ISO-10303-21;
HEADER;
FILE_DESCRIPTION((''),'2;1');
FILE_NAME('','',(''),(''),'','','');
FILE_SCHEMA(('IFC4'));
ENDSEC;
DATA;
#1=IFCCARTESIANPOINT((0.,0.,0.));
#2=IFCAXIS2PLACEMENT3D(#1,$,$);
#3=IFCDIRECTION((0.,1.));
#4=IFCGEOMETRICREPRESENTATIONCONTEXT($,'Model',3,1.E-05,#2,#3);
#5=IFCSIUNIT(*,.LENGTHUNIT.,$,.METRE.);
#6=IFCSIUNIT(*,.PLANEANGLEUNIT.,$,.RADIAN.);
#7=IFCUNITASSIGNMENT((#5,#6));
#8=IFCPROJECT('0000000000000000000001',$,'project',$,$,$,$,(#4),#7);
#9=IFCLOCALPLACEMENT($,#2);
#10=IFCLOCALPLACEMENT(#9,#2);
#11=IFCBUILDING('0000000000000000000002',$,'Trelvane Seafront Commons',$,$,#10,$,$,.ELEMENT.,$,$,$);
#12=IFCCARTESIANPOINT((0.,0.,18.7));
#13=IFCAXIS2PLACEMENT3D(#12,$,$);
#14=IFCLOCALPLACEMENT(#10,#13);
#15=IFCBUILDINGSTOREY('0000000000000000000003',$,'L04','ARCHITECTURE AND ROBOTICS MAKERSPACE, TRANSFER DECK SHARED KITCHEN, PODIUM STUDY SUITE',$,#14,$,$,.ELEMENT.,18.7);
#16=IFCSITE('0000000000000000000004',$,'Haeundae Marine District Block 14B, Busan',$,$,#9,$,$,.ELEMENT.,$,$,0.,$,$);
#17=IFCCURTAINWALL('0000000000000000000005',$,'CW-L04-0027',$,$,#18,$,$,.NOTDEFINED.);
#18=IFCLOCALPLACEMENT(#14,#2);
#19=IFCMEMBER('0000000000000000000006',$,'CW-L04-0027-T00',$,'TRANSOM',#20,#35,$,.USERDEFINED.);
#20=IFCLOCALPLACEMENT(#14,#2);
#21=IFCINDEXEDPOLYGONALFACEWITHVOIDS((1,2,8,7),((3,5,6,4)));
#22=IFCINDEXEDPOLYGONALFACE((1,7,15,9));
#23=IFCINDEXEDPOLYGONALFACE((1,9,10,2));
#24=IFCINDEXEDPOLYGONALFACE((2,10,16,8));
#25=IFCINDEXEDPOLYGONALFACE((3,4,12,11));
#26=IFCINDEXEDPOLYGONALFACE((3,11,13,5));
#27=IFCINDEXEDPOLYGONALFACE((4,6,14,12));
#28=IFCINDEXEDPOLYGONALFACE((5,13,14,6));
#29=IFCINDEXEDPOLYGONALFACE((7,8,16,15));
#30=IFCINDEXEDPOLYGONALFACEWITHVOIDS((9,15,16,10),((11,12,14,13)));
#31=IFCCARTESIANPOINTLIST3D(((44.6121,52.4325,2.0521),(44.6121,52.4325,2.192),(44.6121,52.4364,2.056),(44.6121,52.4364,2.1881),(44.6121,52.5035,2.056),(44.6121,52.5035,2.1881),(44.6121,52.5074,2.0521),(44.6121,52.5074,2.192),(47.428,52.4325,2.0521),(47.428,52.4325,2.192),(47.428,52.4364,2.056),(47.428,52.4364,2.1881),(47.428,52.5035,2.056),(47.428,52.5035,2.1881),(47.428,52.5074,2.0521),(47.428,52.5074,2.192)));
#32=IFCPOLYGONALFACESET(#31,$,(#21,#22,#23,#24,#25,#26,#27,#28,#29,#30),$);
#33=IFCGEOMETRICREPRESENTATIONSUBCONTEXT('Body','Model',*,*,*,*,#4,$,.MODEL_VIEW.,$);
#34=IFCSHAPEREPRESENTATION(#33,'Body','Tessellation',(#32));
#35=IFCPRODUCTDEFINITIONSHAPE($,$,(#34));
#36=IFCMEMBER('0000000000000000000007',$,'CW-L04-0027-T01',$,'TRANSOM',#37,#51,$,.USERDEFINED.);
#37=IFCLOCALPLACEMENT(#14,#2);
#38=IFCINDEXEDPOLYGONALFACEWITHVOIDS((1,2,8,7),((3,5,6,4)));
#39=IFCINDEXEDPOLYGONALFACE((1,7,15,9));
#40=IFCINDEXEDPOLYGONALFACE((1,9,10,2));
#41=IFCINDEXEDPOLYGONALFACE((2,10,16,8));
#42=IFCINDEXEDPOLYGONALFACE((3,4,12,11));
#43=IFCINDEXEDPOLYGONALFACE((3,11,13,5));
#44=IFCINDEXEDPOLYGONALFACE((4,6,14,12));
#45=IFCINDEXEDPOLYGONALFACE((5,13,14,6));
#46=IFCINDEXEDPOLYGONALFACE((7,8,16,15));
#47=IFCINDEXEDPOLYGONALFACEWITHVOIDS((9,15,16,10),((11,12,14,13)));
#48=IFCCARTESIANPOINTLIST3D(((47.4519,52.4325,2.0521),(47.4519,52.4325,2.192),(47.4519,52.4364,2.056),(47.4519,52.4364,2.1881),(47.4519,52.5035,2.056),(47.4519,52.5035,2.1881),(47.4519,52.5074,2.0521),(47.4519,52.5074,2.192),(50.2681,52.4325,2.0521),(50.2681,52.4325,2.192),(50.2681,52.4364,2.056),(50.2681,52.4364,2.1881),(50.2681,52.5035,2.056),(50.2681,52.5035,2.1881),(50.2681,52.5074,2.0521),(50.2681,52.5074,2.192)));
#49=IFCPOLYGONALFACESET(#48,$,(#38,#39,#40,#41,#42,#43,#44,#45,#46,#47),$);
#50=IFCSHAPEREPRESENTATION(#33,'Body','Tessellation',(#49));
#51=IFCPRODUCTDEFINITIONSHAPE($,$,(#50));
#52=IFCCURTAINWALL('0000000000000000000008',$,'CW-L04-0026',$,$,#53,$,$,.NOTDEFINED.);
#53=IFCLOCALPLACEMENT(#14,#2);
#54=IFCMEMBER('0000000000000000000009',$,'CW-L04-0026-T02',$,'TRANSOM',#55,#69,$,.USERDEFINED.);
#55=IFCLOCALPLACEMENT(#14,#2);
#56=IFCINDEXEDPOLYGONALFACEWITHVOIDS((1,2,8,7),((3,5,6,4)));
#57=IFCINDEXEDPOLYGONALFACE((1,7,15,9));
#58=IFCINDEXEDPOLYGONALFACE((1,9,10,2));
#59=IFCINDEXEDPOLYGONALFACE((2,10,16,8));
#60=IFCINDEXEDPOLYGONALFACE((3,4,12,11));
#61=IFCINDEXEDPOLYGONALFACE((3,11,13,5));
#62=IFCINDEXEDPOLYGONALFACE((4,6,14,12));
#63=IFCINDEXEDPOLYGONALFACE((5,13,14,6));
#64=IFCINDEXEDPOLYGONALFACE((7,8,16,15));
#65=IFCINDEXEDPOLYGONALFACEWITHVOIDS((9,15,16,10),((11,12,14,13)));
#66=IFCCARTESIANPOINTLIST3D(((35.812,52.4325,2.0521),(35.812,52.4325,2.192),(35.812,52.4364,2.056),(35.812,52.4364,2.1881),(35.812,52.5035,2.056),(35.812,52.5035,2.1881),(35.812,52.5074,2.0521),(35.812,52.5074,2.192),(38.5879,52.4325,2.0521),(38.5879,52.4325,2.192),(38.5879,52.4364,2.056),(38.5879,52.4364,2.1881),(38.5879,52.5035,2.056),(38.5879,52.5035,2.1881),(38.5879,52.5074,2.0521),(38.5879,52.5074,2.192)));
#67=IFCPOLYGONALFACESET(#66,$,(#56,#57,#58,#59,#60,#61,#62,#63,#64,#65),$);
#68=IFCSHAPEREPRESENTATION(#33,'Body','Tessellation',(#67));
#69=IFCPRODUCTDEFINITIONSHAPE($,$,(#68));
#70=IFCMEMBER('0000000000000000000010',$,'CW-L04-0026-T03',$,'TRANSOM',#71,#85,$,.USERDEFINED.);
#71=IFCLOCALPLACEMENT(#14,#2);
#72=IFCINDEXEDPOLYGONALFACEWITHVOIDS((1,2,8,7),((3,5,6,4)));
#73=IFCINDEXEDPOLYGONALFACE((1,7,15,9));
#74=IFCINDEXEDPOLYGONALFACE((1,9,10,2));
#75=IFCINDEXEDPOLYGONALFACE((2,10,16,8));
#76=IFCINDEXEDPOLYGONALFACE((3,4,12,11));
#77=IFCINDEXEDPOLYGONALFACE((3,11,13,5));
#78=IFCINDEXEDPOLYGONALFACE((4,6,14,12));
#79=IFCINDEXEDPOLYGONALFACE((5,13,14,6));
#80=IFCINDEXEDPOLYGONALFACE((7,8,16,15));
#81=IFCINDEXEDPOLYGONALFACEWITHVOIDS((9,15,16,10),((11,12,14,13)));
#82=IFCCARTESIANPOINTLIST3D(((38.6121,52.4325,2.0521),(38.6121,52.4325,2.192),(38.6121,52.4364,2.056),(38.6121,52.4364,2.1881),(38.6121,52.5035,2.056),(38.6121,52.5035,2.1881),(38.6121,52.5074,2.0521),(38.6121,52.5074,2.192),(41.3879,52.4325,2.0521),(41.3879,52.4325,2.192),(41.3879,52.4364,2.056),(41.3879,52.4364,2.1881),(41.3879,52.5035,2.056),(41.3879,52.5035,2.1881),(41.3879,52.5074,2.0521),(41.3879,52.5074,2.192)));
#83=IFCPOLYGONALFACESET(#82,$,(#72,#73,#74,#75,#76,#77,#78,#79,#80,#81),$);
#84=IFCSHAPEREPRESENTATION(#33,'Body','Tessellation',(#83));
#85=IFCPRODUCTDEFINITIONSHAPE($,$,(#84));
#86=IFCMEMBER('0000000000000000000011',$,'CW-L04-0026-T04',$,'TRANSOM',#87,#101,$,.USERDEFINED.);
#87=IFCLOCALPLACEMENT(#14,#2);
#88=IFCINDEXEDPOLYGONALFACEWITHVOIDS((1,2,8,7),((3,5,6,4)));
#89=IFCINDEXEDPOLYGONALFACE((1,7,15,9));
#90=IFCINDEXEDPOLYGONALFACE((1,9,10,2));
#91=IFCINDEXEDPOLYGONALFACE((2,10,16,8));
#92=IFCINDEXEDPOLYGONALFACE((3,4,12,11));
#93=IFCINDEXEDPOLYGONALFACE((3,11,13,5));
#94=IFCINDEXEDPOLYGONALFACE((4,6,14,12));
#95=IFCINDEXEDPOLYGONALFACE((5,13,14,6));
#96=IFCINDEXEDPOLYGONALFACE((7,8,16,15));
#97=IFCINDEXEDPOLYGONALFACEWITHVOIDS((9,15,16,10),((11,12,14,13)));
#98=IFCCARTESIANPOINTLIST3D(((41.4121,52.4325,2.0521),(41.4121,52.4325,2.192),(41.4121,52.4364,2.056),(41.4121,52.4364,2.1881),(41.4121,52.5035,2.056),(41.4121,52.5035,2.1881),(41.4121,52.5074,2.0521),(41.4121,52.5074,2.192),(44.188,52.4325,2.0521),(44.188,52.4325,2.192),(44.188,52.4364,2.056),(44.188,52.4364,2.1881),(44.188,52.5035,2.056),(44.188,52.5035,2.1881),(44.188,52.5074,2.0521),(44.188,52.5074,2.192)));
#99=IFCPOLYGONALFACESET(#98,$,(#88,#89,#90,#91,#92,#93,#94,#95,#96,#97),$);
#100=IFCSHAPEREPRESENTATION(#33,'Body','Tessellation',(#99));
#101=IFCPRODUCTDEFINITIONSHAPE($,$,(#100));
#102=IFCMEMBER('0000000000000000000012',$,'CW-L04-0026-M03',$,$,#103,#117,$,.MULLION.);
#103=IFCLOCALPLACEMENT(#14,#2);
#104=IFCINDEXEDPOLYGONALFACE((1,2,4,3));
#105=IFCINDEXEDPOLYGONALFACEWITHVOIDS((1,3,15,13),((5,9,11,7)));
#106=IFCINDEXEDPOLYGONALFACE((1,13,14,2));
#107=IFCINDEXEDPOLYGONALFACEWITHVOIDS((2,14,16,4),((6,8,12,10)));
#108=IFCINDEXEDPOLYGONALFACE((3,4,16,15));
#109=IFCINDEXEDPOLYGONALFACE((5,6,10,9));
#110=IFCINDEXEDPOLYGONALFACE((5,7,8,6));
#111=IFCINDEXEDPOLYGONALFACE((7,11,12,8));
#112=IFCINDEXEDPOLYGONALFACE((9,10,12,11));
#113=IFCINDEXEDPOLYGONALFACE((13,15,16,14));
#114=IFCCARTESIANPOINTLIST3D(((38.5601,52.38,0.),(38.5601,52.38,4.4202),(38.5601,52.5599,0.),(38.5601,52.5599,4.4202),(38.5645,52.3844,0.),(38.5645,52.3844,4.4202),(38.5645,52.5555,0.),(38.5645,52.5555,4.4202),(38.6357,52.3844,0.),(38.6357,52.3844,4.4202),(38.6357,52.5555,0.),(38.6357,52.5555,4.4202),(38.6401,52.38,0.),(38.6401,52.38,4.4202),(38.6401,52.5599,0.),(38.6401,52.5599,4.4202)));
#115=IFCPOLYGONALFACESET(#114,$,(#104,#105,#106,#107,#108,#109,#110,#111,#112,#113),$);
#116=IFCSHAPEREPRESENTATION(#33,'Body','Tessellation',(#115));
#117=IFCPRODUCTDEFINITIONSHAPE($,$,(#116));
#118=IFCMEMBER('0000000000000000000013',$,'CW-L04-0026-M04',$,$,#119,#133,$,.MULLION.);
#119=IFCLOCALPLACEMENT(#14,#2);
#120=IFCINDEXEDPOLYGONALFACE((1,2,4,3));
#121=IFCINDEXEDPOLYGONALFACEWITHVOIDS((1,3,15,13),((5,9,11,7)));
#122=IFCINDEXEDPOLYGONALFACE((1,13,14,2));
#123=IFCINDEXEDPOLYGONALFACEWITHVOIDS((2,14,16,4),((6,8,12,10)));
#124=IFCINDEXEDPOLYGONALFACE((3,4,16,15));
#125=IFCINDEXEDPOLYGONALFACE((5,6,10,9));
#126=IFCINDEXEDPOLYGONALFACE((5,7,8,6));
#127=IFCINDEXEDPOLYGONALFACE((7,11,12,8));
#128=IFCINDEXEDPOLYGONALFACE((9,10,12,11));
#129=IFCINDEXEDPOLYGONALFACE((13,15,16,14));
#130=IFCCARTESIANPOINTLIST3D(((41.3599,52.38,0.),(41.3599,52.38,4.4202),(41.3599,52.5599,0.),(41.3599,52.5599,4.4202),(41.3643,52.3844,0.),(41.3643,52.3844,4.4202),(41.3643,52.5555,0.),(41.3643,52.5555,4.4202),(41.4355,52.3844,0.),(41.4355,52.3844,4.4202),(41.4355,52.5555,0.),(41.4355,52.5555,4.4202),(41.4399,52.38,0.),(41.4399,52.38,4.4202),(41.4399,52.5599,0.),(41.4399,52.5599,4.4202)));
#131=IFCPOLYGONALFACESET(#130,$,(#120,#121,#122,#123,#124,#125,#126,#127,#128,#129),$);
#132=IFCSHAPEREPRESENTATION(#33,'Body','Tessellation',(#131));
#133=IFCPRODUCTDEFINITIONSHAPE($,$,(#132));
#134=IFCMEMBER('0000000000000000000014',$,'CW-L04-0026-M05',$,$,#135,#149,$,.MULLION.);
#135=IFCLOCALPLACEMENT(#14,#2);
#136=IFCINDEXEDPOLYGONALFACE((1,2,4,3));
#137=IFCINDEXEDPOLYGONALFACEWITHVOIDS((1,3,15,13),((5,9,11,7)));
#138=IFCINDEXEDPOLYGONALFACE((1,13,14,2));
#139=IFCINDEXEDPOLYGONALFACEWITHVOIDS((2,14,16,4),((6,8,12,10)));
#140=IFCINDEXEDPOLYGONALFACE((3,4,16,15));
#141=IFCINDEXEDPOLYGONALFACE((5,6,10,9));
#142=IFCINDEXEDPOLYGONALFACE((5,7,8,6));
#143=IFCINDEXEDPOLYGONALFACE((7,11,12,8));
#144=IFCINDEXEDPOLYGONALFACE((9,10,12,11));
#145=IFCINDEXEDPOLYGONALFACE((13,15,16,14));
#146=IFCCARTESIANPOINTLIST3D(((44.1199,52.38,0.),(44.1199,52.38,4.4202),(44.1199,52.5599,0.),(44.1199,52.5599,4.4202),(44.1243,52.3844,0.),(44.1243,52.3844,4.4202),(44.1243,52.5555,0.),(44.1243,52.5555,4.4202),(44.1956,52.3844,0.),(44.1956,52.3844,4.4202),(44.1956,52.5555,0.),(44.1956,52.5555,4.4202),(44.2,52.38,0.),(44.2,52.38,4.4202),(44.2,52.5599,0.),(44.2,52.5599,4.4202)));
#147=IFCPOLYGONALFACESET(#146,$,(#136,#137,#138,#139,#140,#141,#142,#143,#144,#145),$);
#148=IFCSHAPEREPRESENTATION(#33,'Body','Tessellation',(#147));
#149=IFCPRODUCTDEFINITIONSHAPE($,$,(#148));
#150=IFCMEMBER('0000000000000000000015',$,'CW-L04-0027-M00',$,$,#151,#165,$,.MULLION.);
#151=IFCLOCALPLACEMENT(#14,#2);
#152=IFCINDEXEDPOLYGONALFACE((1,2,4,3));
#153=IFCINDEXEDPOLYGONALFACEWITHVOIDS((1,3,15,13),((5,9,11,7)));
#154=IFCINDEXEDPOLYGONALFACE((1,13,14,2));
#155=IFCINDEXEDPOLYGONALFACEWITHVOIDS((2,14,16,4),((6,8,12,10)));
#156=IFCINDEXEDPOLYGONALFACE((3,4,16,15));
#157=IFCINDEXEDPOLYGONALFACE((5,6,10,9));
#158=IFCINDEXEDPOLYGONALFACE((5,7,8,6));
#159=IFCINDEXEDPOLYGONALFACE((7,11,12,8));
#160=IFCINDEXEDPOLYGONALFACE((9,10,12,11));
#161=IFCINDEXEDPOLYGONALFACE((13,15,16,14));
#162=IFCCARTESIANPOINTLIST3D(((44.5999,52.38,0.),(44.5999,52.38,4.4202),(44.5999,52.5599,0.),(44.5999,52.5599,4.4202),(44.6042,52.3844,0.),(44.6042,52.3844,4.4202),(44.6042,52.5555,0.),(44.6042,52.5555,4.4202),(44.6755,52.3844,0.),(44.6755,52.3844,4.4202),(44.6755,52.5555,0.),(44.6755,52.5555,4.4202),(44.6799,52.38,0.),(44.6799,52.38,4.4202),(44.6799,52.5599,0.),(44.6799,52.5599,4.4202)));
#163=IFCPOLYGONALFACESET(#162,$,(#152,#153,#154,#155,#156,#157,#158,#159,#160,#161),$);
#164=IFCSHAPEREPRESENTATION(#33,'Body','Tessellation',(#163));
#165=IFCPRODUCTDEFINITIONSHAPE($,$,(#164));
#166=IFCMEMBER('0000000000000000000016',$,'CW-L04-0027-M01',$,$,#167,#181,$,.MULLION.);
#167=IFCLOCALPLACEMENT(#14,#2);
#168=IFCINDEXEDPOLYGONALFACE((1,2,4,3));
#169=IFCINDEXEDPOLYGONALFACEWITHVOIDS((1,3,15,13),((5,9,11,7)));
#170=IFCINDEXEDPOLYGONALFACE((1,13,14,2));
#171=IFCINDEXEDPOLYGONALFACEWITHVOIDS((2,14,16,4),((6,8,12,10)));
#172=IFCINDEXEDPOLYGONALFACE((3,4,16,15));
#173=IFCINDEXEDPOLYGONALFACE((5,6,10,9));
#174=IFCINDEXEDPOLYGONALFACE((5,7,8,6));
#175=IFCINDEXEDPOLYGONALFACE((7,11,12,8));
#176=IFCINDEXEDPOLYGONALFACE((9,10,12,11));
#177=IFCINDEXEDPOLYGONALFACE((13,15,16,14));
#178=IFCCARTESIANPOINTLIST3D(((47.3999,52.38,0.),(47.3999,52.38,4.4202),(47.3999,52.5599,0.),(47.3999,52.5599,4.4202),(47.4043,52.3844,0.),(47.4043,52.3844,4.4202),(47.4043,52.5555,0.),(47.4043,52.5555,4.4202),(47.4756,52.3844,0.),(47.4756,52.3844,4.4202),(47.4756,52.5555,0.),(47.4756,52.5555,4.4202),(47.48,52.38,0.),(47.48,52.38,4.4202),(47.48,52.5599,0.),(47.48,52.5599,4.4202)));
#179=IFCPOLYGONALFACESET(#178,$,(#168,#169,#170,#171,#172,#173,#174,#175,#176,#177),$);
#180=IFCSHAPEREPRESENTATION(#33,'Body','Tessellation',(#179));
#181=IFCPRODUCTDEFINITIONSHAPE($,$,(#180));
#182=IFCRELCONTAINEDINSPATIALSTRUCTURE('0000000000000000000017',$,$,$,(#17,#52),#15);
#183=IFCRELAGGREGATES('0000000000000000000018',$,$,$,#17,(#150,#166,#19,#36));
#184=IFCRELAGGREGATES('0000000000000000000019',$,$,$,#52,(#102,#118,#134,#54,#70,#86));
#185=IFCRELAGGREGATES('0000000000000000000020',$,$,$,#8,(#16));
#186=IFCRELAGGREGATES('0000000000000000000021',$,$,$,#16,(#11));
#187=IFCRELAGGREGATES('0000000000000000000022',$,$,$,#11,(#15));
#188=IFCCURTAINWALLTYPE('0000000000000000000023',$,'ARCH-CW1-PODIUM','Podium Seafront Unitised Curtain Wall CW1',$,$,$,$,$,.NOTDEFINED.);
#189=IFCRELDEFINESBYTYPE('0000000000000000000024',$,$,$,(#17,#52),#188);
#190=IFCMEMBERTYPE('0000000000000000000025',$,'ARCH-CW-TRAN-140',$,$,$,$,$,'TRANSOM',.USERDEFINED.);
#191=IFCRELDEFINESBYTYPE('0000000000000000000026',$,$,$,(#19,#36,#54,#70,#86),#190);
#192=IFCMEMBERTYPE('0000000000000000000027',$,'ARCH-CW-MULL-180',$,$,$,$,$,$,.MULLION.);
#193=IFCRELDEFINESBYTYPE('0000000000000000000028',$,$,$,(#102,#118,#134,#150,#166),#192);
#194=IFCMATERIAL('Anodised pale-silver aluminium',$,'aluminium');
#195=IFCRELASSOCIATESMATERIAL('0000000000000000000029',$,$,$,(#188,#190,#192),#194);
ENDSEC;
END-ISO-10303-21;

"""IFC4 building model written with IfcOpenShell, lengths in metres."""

from ifc_helpers import new_model, si_unit, direction, frame, origin, origin_2d, place, context, subcontext, project, spatial, hollow_rectangle, extrude, source, transform, mapped, material, material_profile, profile_set, type_object, element, aggregate, save


model = new_model("IFC4")

# Units and contexts
model_context = context("Model", 3, precision=1e-05, world=origin(), true_north=direction((0.0, 1.0)))
body_context = subcontext(model_context, "Body", "Model", "MODEL_VIEW")
ifc_project = project(units=[si_unit("LENGTHUNIT", "METRE"), si_unit("PLANEANGLEUNIT", "RADIAN")], contexts=[model_context])

# Site, building, storey
site_placement = place(None, origin())
site = spatial("IfcSite", under=ifc_project, at=site_placement, Name="Haeundae Marine District Block 14B, Busan", CompositionType="ELEMENT", RefElevation=0.0)
building_placement = place(site_placement, origin())
building = spatial("IfcBuilding", under=site, at=building_placement, Name="Trelvane Seafront Commons", CompositionType="ELEMENT")
storey_placement = place(building_placement, frame((0.0, 0.0, 18.7)))
storey = spatial("IfcBuildingStorey", under=building, at=storey_placement, Name="L04", Description="ARCHITECTURE AND ROBOTICS MAKERSPACE, TRANSFER DECK SHARED KITCHEN, PODIUM STUDY SUITE", CompositionType="ELEMENT", Elevation=18.7)

# Curtain walls, members
ifc_material_1 = material(Name="Anodised pale-silver aluminium", Category="aluminium")
curtain_wall_type = type_object("IfcCurtainWallType", Name="ARCH-CW1-PODIUM", Description="Podium Seafront Unitised Curtain Wall CW1", PredefinedType="NOTDEFINED", material=ifc_material_1)
curtain_wall_1_placement = place(storey_placement, origin())
curtain_wall_1 = element("IfcCurtainWall", 1, at=curtain_wall_1_placement, inside=storey, type_object=curtain_wall_type, Name="CW-L04-0027", PredefinedType="NOTDEFINED")
ifc_material_profile_1 = material_profile(ifc_material_1, hollow_rectangle(XDim=0.075, YDim=0.1399, WallThickness=0.0039, at=origin_2d()), Name="TRAN-75x140x4")
ifc_profile_set_1 = profile_set([ifc_material_profile_1], Name="Anodised pale-silver aluminium")
member_type_1 = type_object("IfcMemberType", Name="ARCH-CW-TRAN-140", ElementType="TRANSOM", PredefinedType="USERDEFINED", material=ifc_profile_set_1)
shared_shape_1 = source(origin(), body_context, "Body", "SweptSolid", [
    extrude(hollow_rectangle(XDim=0.075, YDim=0.1399, WallThickness=0.0039, at=origin_2d()), origin(), (0.0, 0.0, 1.0), 2.8159),
])
member_1_placement = place(storey_placement, frame((44.6121, 52.47, 2.1221), z_axis=(1.0, 0.0, 0.0), x_axis=(0.0, 1.0, 0.0)))
member_1 = element("IfcMember", 2, at=member_1_placement, type_object=member_type_1, Name="CW-L04-0027-T00", ObjectType="TRANSOM", PredefinedType="USERDEFINED", context=body_context, shape_type="MappedRepresentation", body=[
    mapped(shared_shape_1, transform((0.0, 0.0, 0.0), x_axis=(1.0, 0.0, 0.0), y_axis=(0.0, 1.0, 0.0), z_axis=(0.0, 0.0, 1.0), scale=1.0)),
])
shared_shape_2 = source(origin(), body_context, "Body", "SweptSolid", [
    extrude(hollow_rectangle(XDim=0.075, YDim=0.1399, WallThickness=0.0039, at=origin_2d()), origin(), (0.0, 0.0, 1.0), 2.8162),
])
member_2_placement = place(storey_placement, frame((47.4519, 52.47, 2.1221), z_axis=(1.0, 0.0, 0.0), x_axis=(0.0, 1.0, 0.0)))
member_2 = element("IfcMember", 3, at=member_2_placement, type_object=member_type_1, Name="CW-L04-0027-T01", ObjectType="TRANSOM", PredefinedType="USERDEFINED", context=body_context, shape_type="MappedRepresentation", body=[
    mapped(shared_shape_2, transform((0.0, 0.0, 0.0), x_axis=(1.0, 0.0, 0.0), y_axis=(0.0, 1.0, 0.0), z_axis=(0.0, 0.0, 1.0), scale=1.0)),
])
curtain_wall_2_placement = place(storey_placement, origin())
curtain_wall_2 = element("IfcCurtainWall", 4, at=curtain_wall_2_placement, inside=storey, type_object=curtain_wall_type, Name="CW-L04-0026", PredefinedType="NOTDEFINED")
shared_shape_3 = source(origin(), body_context, "Body", "SweptSolid", [
    extrude(hollow_rectangle(XDim=0.075, YDim=0.1399, WallThickness=0.0039, at=origin_2d()), origin(), (0.0, 0.0, 1.0), 2.7759),
])
member_3_placement = place(storey_placement, frame((35.812, 52.47, 2.1221), z_axis=(1.0, 0.0, 0.0), x_axis=(0.0, 1.0, 0.0)))
member_3 = element("IfcMember", 5, at=member_3_placement, type_object=member_type_1, Name="CW-L04-0026-T02", ObjectType="TRANSOM", PredefinedType="USERDEFINED", context=body_context, shape_type="MappedRepresentation", body=[
    mapped(shared_shape_3, transform((0.0, 0.0, 0.0), x_axis=(1.0, 0.0, 0.0), y_axis=(0.0, 1.0, 0.0), z_axis=(0.0, 0.0, 1.0), scale=1.0)),
])
member_4_placement = place(storey_placement, frame((38.6121, 52.47, 2.1221), z_axis=(1.0, 0.0, 0.0), x_axis=(0.0, 1.0, 0.0)))
member_4 = element("IfcMember", 6, at=member_4_placement, type_object=member_type_1, Name="CW-L04-0026-T03", ObjectType="TRANSOM", PredefinedType="USERDEFINED", context=body_context, shape_type="MappedRepresentation", body=[
    mapped(shared_shape_3, transform((0.0, 0.0, 0.0), x_axis=(1.0, 0.0, 0.0), y_axis=(0.0, 1.0, 0.0), z_axis=(0.0, 0.0, 1.0), scale=1.0)),
])
member_5_placement = place(storey_placement, frame((41.4121, 52.47, 2.1221), z_axis=(1.0, 0.0, 0.0), x_axis=(0.0, 1.0, 0.0)))
member_5 = element("IfcMember", 7, at=member_5_placement, type_object=member_type_1, Name="CW-L04-0026-T04", ObjectType="TRANSOM", PredefinedType="USERDEFINED", context=body_context, shape_type="MappedRepresentation", body=[
    mapped(shared_shape_3, transform((0.0, 0.0, 0.0), x_axis=(1.0, 0.0, 0.0), y_axis=(0.0, 1.0, 0.0), z_axis=(0.0, 0.0, 1.0), scale=1.0)),
])
ifc_material_profile_2 = material_profile(ifc_material_1, hollow_rectangle(XDim=0.0801, YDim=0.1799, WallThickness=0.0044, at=origin_2d()), Name="MULL-80x180x4.5")
ifc_profile_set_2 = profile_set([ifc_material_profile_2], Name="Anodised pale-silver aluminium")
member_type_2 = type_object("IfcMemberType", Name="ARCH-CW-MULL-180", PredefinedType="MULLION", material=ifc_profile_set_2)
shared_shape_4 = source(origin(), body_context, "Body", "SweptSolid", [
    extrude(hollow_rectangle(XDim=0.0801, YDim=0.1799, WallThickness=0.0044, at=origin_2d()), origin(), (0.0, 0.0, 1.0), 4.4202),
])
member_6_placement = place(storey_placement, frame((38.6001, 52.47, 0.0), z_axis=(0.0, 0.0, 1.0), x_axis=(1.0, 0.0, 0.0)))
member_6 = element("IfcMember", 8, at=member_6_placement, type_object=member_type_2, Name="CW-L04-0026-M03", PredefinedType="MULLION", context=body_context, shape_type="MappedRepresentation", body=[
    mapped(shared_shape_4, transform((0.0, 0.0, 0.0), x_axis=(1.0, 0.0, 0.0), y_axis=(0.0, 1.0, 0.0), z_axis=(0.0, 0.0, 1.0), scale=1.0)),
])
member_7_placement = place(storey_placement, frame((41.3999, 52.47, 0.0), z_axis=(0.0, 0.0, 1.0), x_axis=(1.0, 0.0, 0.0)))
member_7 = element("IfcMember", 9, at=member_7_placement, type_object=member_type_2, Name="CW-L04-0026-M04", PredefinedType="MULLION", context=body_context, shape_type="MappedRepresentation", body=[
    mapped(shared_shape_4, transform((0.0, 0.0, 0.0), x_axis=(1.0, 0.0, 0.0), y_axis=(0.0, 1.0, 0.0), z_axis=(0.0, 0.0, 1.0), scale=1.0)),
])
member_8_placement = place(storey_placement, frame((44.1599, 52.47, 0.0), z_axis=(0.0, 0.0, 1.0), x_axis=(1.0, 0.0, 0.0)))
member_8 = element("IfcMember", 10, at=member_8_placement, type_object=member_type_2, Name="CW-L04-0026-M05", PredefinedType="MULLION", context=body_context, shape_type="MappedRepresentation", body=[
    mapped(shared_shape_4, transform((0.0, 0.0, 0.0), x_axis=(1.0, 0.0, 0.0), y_axis=(0.0, 1.0, 0.0), z_axis=(0.0, 0.0, 1.0), scale=1.0)),
])

# Members
member_9_placement = place(storey_placement, frame((44.6399, 52.47, 0.0), z_axis=(0.0, 0.0, 1.0), x_axis=(1.0, 0.0, 0.0)))
member_9 = element("IfcMember", 11, at=member_9_placement, type_object=member_type_2, Name="CW-L04-0027-M00", PredefinedType="MULLION", context=body_context, shape_type="MappedRepresentation", body=[
    mapped(shared_shape_4, transform((0.0, 0.0, 0.0), x_axis=(1.0, 0.0, 0.0), y_axis=(0.0, 1.0, 0.0), z_axis=(0.0, 0.0, 1.0), scale=1.0)),
])
member_10_placement = place(storey_placement, frame((47.4399, 52.47, 0.0), z_axis=(0.0, 0.0, 1.0), x_axis=(1.0, 0.0, 0.0)))
member_10 = element("IfcMember", 12, at=member_10_placement, type_object=member_type_2, Name="CW-L04-0027-M01", PredefinedType="MULLION", context=body_context, shape_type="MappedRepresentation", body=[
    mapped(shared_shape_4, transform((0.0, 0.0, 0.0), x_axis=(1.0, 0.0, 0.0), y_axis=(0.0, 1.0, 0.0), z_axis=(0.0, 0.0, 1.0), scale=1.0)),
])

aggregate(curtain_wall_1, [member_9, member_10, member_1, member_2])
aggregate(curtain_wall_2, [member_6, member_7, member_8, member_3, member_4, member_5])

save(model, "model.ifc")
